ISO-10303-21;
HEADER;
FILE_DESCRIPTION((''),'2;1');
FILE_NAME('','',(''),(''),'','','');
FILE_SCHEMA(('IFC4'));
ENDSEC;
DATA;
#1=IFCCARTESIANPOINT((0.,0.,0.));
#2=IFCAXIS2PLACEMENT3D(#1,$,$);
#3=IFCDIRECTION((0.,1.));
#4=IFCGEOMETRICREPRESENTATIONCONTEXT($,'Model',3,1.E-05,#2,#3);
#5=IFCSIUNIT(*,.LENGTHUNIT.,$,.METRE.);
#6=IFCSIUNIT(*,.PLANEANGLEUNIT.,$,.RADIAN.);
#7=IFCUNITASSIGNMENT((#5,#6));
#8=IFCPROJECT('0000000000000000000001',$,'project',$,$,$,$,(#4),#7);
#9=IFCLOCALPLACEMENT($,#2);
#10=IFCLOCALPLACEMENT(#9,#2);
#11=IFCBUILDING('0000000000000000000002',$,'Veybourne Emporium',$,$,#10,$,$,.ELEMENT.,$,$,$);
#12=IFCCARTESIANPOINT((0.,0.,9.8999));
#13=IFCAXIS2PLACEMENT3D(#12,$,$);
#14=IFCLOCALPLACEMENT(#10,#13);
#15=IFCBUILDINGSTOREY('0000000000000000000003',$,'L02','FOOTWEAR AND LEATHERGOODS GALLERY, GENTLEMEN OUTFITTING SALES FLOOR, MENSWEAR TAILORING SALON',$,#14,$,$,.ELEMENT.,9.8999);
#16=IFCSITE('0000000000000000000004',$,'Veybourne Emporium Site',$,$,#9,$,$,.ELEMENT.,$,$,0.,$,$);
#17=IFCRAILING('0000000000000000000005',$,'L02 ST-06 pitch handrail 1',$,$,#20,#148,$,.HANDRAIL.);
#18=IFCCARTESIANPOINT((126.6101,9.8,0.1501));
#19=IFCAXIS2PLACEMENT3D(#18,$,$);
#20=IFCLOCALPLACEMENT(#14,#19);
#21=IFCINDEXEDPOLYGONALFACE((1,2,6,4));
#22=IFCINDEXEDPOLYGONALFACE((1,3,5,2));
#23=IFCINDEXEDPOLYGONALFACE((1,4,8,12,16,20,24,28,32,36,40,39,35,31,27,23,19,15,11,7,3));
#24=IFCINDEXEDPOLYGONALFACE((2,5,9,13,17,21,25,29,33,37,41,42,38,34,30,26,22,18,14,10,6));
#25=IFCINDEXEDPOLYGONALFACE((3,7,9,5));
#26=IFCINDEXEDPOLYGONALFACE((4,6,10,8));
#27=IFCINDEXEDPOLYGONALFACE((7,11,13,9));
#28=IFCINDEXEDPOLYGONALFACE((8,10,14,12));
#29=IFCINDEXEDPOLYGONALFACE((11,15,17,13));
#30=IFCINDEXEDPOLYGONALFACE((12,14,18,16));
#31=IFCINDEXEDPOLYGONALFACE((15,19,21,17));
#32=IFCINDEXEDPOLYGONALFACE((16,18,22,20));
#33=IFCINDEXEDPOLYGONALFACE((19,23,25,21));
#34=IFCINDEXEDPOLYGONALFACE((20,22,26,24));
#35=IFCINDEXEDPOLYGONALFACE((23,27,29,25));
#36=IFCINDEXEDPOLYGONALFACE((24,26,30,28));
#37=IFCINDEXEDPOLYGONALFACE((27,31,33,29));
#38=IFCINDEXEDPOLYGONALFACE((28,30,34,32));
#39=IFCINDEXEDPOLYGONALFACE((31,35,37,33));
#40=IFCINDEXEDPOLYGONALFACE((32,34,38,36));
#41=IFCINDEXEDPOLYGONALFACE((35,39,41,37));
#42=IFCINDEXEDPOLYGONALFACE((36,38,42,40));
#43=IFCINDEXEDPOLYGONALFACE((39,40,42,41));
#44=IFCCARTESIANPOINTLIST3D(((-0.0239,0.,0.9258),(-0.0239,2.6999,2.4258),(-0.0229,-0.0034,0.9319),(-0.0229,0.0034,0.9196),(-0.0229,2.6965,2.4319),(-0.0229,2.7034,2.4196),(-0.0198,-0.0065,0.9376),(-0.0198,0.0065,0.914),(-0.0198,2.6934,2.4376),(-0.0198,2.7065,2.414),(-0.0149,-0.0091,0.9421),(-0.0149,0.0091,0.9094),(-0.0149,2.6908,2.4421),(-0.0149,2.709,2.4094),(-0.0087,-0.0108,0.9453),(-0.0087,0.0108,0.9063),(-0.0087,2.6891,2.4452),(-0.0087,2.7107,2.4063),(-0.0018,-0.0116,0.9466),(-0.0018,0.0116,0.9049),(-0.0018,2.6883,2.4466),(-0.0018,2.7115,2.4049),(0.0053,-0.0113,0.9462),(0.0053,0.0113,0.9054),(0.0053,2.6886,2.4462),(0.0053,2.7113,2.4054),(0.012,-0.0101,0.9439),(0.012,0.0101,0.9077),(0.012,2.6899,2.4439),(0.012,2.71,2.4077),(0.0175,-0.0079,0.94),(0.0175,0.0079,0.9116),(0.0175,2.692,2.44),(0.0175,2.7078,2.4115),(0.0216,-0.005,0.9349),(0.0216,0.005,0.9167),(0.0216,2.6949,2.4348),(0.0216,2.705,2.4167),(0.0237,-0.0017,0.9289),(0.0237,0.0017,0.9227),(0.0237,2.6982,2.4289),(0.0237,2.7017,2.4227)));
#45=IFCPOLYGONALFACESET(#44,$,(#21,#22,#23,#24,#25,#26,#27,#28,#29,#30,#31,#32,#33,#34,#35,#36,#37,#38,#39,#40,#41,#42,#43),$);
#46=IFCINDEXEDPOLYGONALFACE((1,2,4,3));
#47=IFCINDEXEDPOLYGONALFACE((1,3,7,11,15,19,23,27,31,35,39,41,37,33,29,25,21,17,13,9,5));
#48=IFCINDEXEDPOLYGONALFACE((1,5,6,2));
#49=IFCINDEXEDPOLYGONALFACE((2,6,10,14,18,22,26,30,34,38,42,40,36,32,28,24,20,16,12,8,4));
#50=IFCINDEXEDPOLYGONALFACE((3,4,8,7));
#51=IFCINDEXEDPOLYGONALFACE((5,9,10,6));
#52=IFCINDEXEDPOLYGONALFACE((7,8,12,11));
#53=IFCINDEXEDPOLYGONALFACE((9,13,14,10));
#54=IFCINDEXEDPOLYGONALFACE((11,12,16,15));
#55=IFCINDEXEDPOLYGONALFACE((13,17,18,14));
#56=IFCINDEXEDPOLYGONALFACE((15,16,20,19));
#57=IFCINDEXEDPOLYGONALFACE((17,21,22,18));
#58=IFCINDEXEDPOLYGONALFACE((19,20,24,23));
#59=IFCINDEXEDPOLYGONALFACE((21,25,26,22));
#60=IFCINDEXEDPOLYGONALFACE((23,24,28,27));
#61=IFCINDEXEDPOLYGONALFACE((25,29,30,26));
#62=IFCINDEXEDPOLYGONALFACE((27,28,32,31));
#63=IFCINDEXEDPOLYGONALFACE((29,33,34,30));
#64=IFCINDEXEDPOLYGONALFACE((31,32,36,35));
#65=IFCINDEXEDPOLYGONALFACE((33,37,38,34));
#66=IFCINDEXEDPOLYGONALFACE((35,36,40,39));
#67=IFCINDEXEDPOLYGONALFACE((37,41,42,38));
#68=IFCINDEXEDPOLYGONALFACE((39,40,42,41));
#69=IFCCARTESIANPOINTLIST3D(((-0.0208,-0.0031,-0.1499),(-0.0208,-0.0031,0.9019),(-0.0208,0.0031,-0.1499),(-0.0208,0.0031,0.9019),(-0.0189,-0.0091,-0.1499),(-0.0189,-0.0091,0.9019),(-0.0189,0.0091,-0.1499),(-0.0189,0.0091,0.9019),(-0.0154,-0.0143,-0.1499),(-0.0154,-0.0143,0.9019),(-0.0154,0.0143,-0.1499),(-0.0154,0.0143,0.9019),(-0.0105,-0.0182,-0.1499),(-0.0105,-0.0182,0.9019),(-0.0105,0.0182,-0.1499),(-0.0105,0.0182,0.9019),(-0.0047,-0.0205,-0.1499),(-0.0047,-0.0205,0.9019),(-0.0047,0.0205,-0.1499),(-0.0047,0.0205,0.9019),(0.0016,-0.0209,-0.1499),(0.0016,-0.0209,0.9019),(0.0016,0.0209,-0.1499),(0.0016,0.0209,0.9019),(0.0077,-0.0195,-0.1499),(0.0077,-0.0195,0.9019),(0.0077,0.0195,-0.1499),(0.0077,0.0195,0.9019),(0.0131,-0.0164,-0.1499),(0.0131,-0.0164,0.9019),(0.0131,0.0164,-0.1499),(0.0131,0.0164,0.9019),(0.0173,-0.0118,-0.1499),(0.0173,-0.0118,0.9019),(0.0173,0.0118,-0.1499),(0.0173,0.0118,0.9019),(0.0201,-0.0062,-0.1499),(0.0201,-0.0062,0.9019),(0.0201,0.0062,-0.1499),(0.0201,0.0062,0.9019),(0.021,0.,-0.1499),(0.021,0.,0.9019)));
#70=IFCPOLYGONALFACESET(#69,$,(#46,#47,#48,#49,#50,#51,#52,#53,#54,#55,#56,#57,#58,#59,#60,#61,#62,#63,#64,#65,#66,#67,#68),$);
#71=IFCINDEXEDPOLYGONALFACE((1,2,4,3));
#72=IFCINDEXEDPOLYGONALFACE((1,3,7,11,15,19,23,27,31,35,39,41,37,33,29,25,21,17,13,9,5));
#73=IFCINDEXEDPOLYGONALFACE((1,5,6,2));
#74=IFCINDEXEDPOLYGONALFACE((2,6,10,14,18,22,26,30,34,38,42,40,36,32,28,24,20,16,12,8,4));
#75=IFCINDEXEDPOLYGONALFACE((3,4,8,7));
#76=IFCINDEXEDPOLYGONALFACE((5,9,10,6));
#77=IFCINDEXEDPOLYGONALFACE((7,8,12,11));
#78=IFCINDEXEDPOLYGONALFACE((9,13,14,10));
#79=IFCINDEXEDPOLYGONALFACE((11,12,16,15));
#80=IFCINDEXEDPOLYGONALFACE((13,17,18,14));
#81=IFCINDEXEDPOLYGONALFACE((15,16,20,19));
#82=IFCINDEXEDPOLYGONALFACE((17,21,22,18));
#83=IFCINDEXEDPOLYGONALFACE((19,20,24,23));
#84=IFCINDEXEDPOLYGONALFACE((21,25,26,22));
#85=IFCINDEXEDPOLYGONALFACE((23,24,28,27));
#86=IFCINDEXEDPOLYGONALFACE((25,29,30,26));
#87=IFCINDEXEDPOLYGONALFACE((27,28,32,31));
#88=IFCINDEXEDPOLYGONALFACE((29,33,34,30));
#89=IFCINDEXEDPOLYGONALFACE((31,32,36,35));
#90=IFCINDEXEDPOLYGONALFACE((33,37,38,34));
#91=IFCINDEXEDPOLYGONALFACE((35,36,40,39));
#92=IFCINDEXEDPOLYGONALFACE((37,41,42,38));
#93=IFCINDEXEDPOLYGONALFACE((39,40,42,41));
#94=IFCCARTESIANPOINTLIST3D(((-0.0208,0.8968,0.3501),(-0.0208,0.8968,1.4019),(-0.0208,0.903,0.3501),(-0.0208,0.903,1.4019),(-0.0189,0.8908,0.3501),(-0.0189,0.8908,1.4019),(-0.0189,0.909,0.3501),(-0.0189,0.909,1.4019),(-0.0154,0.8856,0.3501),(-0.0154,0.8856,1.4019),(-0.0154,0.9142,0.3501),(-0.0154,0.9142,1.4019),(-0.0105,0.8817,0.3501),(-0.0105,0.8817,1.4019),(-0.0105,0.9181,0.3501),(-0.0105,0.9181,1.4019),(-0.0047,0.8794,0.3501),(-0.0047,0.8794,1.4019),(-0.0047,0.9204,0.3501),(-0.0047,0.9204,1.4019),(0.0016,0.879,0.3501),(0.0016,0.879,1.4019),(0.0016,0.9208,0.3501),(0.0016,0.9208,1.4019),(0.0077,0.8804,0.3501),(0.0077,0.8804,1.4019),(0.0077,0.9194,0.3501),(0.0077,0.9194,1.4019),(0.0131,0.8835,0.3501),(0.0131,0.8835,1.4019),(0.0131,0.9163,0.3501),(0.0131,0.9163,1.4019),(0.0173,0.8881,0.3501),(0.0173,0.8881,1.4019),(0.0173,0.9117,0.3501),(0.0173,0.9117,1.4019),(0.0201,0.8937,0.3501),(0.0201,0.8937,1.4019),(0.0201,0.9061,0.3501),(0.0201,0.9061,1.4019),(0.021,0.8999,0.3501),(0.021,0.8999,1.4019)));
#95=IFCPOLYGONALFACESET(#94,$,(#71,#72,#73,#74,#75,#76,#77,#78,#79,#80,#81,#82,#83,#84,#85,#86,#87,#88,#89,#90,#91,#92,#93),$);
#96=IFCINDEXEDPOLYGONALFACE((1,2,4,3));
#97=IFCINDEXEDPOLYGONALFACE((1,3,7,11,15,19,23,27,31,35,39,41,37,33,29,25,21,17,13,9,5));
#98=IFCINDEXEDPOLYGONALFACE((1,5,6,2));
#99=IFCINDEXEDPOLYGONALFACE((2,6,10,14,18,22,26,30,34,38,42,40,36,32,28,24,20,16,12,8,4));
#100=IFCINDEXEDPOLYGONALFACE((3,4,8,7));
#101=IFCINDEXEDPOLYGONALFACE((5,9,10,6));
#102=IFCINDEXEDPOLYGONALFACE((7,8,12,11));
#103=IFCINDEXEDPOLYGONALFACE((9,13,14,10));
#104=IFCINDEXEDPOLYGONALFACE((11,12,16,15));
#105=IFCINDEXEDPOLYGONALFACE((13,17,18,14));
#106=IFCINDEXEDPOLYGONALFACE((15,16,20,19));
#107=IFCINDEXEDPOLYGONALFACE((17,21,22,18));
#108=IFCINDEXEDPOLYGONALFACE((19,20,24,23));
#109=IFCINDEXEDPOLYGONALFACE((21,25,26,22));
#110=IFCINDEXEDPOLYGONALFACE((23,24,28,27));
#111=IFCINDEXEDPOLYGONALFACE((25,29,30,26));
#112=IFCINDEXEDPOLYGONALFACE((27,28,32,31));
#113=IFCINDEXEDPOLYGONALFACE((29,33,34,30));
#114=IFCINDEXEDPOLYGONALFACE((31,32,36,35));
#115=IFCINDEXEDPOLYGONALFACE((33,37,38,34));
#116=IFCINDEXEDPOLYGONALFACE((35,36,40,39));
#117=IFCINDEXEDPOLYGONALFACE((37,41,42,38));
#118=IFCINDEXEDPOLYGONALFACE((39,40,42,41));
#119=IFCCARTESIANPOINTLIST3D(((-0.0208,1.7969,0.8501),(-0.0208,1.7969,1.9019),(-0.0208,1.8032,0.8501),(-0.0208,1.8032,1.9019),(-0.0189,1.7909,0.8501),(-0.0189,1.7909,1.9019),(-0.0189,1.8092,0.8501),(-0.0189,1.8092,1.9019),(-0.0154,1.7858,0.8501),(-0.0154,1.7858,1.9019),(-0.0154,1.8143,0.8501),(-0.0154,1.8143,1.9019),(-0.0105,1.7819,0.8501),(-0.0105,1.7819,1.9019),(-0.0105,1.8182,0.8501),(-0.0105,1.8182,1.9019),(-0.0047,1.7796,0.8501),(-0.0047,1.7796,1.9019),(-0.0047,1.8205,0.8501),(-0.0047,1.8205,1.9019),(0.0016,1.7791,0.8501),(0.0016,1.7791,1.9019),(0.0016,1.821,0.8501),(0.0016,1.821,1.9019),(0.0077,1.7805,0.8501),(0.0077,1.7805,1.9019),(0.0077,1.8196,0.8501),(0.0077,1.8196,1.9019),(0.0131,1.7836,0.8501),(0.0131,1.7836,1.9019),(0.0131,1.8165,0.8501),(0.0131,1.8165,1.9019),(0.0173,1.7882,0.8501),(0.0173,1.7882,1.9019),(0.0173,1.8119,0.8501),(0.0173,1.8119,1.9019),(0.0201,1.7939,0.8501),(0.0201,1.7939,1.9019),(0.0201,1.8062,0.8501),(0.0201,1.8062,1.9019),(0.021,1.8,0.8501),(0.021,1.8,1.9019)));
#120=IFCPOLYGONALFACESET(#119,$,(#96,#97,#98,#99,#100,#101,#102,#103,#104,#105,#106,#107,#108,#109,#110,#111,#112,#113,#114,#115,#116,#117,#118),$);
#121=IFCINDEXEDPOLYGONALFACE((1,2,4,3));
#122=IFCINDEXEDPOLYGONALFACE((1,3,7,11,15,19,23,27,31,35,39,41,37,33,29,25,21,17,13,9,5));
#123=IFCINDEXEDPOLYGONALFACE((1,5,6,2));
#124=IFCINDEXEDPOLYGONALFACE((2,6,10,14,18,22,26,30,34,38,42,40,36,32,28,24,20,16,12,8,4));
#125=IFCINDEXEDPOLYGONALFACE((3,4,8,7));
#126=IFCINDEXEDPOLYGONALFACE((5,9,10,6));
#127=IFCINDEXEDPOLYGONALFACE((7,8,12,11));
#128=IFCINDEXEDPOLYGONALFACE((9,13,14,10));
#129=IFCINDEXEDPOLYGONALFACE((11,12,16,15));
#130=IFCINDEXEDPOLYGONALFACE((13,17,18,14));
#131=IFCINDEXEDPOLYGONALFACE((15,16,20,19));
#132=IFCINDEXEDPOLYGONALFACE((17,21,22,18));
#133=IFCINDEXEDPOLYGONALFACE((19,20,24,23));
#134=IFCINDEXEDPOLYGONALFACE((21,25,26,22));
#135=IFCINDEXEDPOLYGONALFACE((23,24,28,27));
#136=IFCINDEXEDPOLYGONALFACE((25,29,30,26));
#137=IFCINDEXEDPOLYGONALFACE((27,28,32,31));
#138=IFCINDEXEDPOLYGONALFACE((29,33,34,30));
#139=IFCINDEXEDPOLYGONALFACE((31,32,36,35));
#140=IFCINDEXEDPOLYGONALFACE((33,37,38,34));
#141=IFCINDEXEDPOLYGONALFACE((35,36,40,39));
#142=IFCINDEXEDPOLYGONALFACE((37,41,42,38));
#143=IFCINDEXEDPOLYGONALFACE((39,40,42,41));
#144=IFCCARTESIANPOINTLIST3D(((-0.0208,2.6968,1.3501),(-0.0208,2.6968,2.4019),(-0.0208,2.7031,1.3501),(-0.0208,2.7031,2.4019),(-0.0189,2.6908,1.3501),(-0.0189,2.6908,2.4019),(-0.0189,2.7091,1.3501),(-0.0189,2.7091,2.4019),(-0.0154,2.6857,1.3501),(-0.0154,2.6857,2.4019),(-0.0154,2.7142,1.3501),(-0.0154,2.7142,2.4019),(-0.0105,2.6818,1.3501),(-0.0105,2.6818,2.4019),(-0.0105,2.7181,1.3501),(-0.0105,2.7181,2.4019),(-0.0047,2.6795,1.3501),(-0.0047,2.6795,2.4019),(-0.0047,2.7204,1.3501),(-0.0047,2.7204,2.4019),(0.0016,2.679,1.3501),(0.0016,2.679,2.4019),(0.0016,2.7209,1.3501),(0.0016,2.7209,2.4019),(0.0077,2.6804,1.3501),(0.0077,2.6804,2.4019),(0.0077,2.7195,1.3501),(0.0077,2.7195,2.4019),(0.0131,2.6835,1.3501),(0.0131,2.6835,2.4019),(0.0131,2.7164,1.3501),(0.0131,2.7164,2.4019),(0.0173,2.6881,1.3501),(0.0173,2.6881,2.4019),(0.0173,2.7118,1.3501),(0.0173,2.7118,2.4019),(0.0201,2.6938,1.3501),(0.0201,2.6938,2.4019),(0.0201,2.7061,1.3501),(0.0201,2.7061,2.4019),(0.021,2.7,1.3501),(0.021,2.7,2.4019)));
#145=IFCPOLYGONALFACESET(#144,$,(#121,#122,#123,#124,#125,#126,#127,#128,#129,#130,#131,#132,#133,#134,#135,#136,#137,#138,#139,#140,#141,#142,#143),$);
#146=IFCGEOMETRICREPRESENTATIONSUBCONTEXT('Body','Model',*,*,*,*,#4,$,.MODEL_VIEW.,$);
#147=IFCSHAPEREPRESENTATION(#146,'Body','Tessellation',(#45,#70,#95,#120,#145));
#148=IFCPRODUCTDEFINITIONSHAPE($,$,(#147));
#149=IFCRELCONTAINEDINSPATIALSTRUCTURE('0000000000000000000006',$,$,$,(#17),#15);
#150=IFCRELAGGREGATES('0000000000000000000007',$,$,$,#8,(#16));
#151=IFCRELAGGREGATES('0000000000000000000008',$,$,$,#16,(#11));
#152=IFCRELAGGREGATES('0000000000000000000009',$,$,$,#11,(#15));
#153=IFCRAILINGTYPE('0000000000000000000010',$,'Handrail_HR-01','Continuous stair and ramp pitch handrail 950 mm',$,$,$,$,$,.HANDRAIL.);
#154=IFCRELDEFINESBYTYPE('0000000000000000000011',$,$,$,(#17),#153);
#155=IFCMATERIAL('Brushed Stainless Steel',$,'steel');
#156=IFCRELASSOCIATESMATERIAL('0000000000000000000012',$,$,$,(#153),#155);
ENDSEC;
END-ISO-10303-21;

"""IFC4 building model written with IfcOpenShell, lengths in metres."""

from ifc_helpers import new_model, si_unit, direction, frame, origin, origin_2d, place, context, subcontext, project, spatial, circle, extrude, material, type_object, element, save


model = new_model("IFC4")

# Units and contexts
model_context = context("Model", 3, precision=1e-05, world=origin(), true_north=direction((0.0, 1.0)))
body_context = subcontext(model_context, "Body", "Model", "MODEL_VIEW")
ifc_project = project(units=[si_unit("LENGTHUNIT", "METRE"), si_unit("PLANEANGLEUNIT", "RADIAN")], contexts=[model_context])

# Site, building, storey
site_placement = place(None, origin())
site = spatial("IfcSite", under=ifc_project, at=site_placement, Name="Veybourne Emporium Site", CompositionType="ELEMENT", RefElevation=0.0)
building_placement = place(site_placement, origin())
building = spatial("IfcBuilding", under=site, at=building_placement, Name="Veybourne Emporium", CompositionType="ELEMENT")
storey_placement = place(building_placement, frame((0.0, 0.0, 9.8999)))
storey = spatial("IfcBuildingStorey", under=building, at=storey_placement, Name="L02", Description="FOOTWEAR AND LEATHERGOODS GALLERY, GENTLEMEN OUTFITTING SALES FLOOR, MENSWEAR TAILORING SALON", CompositionType="ELEMENT", Elevation=9.8999)

# Railing
ifc_material_1 = material(Name="Brushed Stainless Steel", Category="steel")
railing_type_1 = type_object("IfcRailingType", Name="Handrail_HR-01", Description="Continuous stair and ramp pitch handrail 950 mm", PredefinedType="HANDRAIL", material=ifc_material_1)
railing_1_placement = place(storey_placement, frame((126.6101, 9.8, 0.1501)))
element("IfcRailing", 1, at=railing_1_placement, inside=storey, type_object=railing_type_1, Name="L02 ST-06 pitch handrail 1", PredefinedType="HANDRAIL", context=body_context, shape_type="SweptSolid", body=[
    extrude(circle(Radius=0.0239, at=origin_2d()), frame((0.0, 0.0, 0.9258), z_axis=(0.0, 0.874154, 0.48565), x_axis=(-1.0, 0.0, 0.0)), (0.0, 0.0, 1.0), 3.0886),
    extrude(circle(Radius=0.021, at=origin_2d()), frame((0.0, 0.0, -0.1499)), (0.0, 0.0, 1.0), 1.0518),
    extrude(circle(Radius=0.021, at=origin_2d()), frame((0.0, 0.8999, 0.3501)), (0.0, 0.0, 1.0), 1.0518),
    extrude(circle(Radius=0.021, at=origin_2d()), frame((0.0, 1.8, 0.8501)), (0.0, 0.0, 1.0), 1.0518),
    extrude(circle(Radius=0.021, at=origin_2d()), frame((0.0, 2.7, 1.3501)), (0.0, 0.0, 1.0), 1.0518),
])

save(model, "model.ifc")
